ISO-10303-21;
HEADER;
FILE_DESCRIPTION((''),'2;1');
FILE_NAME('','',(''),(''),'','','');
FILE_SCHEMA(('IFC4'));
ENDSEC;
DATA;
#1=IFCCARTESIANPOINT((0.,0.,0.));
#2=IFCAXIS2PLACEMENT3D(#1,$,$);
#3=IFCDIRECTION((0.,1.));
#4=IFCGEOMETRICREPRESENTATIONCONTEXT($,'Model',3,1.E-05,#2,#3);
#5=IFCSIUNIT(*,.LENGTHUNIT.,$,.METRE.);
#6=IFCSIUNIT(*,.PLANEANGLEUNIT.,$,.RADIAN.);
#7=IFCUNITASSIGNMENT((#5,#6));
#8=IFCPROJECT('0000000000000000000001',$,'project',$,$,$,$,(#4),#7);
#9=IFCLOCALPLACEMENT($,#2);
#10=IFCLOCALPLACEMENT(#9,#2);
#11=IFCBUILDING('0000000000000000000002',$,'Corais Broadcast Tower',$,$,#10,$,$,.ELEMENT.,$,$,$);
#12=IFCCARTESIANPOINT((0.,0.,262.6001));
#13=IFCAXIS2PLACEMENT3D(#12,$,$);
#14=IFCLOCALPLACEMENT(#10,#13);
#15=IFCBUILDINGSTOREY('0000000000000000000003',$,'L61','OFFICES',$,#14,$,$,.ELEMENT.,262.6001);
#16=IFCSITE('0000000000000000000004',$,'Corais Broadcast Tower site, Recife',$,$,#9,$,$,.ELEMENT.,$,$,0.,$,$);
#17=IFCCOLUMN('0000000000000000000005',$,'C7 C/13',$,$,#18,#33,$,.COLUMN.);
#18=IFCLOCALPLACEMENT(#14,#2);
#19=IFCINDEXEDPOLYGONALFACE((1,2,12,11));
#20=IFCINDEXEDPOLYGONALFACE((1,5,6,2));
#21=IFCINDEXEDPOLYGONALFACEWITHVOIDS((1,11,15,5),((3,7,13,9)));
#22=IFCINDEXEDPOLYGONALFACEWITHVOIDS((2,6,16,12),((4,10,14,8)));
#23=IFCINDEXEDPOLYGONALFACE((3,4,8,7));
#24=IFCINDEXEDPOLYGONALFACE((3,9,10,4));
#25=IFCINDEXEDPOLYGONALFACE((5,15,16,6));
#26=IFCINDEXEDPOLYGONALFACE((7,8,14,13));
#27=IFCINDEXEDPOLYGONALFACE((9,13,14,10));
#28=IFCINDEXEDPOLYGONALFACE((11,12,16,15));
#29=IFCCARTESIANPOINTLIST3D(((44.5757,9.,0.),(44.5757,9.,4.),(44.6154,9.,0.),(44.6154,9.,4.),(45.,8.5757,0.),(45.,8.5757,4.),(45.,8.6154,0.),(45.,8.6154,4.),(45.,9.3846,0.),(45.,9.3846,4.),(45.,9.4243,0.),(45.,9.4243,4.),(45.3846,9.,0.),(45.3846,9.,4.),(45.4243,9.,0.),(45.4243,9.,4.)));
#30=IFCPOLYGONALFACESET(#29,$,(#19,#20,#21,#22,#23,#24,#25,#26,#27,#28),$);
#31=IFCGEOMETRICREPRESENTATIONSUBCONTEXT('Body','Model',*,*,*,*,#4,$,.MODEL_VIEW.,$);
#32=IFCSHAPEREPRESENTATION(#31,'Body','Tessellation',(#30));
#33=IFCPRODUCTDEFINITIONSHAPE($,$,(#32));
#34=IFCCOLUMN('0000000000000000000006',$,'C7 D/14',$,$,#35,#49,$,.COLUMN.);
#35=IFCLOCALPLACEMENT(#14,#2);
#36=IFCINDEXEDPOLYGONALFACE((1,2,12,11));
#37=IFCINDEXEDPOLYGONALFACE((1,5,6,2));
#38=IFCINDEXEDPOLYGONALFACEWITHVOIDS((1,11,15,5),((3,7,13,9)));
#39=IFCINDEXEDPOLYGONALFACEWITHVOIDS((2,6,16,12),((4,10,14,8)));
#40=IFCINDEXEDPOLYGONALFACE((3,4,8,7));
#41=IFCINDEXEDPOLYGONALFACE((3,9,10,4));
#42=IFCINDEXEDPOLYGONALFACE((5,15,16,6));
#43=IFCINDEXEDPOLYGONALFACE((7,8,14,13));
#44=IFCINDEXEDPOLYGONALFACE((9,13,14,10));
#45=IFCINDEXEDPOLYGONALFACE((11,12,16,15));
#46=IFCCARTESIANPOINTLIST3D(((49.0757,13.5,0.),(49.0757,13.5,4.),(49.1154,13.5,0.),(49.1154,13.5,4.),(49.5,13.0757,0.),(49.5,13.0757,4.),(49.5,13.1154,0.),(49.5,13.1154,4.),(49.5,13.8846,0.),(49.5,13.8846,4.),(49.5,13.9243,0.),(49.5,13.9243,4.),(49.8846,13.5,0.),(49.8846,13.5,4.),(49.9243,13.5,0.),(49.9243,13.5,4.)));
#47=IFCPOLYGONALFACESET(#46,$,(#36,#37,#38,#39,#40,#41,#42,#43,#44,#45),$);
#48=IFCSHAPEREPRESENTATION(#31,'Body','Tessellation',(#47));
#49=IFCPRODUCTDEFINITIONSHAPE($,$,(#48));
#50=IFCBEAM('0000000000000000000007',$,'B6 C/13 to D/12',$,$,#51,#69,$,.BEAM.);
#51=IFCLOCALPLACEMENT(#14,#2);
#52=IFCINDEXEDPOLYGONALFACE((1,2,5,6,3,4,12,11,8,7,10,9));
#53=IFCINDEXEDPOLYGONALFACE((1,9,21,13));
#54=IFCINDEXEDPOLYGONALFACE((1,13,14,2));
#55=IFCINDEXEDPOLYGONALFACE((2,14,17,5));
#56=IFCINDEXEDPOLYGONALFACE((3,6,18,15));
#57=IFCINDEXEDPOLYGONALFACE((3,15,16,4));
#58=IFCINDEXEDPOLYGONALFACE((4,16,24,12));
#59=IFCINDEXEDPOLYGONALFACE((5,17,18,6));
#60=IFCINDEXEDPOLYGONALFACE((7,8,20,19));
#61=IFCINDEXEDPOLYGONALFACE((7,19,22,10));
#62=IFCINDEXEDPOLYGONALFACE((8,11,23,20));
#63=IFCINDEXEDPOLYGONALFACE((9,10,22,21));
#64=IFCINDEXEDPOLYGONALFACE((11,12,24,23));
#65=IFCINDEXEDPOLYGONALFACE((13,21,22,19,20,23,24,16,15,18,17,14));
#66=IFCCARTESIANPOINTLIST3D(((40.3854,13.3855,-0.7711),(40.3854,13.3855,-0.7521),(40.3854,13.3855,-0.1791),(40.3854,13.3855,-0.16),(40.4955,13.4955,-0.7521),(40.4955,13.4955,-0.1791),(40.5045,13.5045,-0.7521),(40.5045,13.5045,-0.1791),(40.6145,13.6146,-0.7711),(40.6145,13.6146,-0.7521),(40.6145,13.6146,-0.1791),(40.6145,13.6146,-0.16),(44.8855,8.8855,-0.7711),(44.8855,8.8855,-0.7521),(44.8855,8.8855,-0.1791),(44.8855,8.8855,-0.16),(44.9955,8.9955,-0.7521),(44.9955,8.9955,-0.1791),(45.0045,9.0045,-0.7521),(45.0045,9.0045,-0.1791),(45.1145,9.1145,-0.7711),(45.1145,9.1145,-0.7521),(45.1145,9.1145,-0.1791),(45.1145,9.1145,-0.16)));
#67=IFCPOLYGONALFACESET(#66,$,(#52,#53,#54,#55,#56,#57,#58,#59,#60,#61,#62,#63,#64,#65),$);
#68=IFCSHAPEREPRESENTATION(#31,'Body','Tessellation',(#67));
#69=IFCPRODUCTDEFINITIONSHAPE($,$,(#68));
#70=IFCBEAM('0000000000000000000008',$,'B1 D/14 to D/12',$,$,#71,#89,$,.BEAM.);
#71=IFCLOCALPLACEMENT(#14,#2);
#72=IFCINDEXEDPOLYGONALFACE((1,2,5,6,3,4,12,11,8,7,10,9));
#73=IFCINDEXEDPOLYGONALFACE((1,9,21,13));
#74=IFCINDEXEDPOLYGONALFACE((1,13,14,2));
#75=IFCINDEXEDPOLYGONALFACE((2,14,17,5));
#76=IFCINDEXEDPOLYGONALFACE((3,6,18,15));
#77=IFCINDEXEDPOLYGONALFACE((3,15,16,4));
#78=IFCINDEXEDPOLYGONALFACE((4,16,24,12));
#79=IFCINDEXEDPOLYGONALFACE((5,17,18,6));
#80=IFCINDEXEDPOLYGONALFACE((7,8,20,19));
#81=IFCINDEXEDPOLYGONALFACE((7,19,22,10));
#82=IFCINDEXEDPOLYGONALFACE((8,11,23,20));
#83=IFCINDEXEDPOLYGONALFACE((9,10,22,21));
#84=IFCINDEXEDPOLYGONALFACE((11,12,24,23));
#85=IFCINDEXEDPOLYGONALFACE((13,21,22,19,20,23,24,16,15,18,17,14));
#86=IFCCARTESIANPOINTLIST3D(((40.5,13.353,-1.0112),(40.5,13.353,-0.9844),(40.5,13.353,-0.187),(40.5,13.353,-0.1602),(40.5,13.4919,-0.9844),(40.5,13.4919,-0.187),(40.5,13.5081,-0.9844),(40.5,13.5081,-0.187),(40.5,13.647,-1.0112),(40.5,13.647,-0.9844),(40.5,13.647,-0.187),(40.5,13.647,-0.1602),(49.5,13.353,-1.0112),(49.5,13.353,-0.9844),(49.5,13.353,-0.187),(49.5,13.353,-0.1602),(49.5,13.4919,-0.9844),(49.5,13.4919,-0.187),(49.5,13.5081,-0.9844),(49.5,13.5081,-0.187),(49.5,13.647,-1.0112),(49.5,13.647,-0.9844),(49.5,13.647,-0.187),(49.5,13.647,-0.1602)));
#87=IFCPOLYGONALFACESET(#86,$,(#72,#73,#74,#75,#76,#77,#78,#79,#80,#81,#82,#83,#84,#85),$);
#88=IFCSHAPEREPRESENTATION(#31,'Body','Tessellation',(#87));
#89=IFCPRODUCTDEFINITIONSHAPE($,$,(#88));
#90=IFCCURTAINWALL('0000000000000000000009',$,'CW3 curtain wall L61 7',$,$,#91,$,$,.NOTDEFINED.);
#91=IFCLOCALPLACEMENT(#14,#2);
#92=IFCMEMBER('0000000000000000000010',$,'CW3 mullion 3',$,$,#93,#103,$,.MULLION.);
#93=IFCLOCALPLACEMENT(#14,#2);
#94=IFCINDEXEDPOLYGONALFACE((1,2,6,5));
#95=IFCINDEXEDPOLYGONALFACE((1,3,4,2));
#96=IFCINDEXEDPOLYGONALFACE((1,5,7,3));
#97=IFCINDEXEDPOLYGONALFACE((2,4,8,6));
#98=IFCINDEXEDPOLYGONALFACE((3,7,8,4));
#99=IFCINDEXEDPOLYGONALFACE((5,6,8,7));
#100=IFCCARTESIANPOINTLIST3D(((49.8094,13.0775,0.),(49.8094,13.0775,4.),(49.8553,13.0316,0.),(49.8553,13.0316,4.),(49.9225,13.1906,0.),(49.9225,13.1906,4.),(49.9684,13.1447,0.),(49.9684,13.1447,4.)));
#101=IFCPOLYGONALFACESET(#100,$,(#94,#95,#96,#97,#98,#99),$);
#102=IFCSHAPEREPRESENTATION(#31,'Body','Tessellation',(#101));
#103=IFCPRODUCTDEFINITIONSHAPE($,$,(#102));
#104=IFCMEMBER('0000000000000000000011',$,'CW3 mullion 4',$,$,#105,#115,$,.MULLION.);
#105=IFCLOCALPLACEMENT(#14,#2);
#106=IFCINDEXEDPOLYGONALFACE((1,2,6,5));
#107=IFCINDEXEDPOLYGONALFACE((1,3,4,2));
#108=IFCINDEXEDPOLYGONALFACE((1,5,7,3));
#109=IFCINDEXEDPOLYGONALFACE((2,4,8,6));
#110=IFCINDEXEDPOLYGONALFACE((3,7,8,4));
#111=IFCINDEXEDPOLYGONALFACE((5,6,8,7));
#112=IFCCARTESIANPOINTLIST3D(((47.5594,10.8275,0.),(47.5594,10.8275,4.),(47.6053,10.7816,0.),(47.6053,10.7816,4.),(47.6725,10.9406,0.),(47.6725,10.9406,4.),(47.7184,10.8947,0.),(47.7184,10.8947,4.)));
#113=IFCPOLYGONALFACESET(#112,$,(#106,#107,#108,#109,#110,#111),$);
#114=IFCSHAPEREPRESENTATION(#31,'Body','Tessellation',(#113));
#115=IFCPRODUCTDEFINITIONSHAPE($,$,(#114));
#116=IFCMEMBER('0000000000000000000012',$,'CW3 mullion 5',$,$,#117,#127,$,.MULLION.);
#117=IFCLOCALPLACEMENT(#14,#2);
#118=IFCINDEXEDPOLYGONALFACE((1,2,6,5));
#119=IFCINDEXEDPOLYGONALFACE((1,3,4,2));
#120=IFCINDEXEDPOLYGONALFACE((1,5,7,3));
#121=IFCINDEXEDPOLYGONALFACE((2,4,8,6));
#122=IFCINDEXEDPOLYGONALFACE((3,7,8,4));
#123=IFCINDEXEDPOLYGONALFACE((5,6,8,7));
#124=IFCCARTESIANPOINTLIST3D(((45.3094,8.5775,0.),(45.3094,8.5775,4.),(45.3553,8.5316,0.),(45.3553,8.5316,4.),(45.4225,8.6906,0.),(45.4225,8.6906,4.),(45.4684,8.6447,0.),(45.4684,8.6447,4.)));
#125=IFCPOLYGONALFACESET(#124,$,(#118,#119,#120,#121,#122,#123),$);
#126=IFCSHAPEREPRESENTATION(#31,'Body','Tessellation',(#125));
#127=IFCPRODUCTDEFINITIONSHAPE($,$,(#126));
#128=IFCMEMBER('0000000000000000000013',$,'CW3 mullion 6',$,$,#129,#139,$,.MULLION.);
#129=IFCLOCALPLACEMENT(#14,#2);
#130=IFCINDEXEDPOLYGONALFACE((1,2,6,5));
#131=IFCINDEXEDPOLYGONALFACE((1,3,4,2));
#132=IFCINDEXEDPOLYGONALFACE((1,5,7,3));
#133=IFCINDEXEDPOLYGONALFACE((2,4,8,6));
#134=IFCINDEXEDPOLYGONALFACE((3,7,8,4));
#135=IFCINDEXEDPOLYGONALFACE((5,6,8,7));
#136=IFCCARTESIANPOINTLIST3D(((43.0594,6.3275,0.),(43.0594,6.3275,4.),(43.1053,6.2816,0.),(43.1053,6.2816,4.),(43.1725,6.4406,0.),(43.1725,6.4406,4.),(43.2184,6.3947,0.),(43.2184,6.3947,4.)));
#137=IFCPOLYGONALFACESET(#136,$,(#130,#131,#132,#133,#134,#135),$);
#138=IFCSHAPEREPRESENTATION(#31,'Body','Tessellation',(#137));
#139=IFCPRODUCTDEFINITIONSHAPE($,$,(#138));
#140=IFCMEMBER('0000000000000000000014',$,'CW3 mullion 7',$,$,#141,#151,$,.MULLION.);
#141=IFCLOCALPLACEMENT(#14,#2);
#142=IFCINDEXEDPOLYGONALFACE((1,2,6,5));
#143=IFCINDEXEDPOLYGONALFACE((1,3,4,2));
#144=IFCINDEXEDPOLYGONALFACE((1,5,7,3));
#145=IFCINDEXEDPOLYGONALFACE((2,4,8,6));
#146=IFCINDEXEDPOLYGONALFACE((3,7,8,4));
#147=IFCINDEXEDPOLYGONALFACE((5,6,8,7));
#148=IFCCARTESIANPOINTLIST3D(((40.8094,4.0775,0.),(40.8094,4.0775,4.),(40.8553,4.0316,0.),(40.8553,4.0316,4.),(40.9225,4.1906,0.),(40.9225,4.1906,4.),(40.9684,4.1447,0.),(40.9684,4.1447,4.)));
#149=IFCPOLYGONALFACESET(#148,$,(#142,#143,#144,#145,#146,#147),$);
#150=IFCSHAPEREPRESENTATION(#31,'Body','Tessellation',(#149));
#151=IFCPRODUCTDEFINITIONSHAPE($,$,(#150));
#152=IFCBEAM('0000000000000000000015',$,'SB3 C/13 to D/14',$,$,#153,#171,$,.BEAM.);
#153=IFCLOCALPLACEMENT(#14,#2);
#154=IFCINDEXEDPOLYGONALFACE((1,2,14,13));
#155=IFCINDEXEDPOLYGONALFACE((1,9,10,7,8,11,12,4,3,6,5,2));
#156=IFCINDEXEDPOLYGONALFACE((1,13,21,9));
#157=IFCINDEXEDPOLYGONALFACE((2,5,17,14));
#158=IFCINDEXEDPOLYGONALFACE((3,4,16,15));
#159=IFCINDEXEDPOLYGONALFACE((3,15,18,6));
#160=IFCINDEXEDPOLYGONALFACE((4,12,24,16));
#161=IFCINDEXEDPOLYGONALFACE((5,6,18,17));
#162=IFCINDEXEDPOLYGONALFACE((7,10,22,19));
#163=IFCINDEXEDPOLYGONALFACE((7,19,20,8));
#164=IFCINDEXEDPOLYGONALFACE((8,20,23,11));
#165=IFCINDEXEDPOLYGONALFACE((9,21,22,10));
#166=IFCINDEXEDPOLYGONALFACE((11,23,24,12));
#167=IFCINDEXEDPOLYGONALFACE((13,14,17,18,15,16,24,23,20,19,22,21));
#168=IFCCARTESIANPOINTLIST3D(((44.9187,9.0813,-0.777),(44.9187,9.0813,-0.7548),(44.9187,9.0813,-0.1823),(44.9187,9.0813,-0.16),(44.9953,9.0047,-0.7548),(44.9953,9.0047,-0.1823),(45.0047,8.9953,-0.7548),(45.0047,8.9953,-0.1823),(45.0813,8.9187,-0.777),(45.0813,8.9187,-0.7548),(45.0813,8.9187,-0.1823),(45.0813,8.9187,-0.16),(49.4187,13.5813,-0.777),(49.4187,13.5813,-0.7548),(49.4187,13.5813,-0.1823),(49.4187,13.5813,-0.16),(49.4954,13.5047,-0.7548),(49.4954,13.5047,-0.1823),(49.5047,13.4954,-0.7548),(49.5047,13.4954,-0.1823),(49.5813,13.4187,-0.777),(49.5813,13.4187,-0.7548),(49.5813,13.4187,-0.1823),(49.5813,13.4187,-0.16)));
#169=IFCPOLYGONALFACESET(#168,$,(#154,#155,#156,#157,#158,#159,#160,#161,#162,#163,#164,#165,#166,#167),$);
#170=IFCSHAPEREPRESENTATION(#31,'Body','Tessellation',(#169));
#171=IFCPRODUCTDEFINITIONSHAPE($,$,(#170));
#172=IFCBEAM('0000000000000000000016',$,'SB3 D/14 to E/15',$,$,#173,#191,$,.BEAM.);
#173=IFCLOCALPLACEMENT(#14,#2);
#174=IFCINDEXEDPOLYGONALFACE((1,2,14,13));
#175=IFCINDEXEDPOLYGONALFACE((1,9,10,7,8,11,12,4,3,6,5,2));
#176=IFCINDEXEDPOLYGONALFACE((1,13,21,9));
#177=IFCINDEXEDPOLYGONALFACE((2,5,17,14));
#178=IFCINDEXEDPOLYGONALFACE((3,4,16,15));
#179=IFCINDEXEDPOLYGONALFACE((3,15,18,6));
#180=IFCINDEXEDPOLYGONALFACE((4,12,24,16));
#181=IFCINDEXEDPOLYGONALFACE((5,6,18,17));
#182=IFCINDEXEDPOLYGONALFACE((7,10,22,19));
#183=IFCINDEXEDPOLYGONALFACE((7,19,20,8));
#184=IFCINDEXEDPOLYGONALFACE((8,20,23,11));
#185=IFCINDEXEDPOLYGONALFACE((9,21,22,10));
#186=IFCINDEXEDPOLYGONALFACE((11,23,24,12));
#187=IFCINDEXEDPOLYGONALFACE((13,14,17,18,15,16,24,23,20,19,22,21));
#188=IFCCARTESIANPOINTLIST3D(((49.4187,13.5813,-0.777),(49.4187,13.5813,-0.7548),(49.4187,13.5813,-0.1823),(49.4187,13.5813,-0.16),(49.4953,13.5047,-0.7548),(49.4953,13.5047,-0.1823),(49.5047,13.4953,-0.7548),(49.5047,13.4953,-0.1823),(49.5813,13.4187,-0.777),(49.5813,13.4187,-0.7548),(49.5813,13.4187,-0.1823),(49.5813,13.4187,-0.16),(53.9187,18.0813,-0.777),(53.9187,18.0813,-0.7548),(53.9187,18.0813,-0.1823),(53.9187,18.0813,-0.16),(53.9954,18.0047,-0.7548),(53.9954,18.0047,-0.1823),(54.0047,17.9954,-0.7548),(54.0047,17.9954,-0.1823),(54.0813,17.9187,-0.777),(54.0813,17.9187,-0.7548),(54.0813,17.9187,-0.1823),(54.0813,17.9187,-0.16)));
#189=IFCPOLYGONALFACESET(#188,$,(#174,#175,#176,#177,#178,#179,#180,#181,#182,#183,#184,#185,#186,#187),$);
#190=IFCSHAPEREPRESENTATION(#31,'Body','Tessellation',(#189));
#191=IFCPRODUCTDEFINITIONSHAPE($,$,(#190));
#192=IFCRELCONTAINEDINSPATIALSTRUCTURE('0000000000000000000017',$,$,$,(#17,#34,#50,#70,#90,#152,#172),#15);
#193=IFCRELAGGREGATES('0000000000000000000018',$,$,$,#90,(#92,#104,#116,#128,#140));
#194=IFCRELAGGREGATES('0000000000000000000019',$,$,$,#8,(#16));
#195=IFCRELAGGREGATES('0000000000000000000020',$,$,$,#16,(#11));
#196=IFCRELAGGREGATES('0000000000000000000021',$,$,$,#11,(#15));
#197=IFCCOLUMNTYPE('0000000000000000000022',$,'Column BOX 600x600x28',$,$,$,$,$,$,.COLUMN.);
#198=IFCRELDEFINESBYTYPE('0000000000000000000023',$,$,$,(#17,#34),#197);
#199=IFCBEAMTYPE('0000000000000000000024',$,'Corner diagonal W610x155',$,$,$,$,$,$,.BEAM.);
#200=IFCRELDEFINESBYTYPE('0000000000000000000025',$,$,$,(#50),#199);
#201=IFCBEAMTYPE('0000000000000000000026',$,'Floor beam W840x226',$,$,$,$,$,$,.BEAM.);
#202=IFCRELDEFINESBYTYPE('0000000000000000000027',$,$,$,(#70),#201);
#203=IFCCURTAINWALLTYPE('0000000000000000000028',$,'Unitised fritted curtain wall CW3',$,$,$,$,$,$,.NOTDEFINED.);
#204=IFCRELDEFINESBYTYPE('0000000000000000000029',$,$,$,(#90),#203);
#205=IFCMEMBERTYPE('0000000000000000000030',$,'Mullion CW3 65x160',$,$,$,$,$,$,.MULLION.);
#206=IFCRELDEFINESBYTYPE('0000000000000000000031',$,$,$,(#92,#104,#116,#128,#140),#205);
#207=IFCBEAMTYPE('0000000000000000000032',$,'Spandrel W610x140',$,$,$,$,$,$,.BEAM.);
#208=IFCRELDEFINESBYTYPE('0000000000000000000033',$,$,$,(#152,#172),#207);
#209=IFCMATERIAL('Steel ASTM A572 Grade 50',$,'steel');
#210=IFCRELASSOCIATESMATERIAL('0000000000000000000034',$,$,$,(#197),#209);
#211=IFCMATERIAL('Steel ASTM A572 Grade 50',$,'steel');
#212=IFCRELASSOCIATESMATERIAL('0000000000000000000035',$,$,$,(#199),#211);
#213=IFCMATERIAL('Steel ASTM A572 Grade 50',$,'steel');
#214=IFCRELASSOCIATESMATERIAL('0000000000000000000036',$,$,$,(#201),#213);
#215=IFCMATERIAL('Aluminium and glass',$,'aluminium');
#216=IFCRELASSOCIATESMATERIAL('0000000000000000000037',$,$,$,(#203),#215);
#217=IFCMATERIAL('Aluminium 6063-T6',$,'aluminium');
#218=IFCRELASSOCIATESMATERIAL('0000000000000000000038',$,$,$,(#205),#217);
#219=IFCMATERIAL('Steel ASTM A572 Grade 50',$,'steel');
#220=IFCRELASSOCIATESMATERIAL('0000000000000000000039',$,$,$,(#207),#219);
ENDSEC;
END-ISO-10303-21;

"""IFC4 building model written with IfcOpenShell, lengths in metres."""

from ifc_helpers import new_model, si_unit, direction, frame, origin, origin_2d, place, context, subcontext, project, spatial, rectangle, hollow_rectangle, i_section, extrude, material, material_profile, profile_set, type_object, element, aggregate, save


model = new_model("IFC4")

# Units and contexts
model_context = context("Model", 3, precision=1e-05, world=origin(), true_north=direction((0.0, 1.0)))
body_context = subcontext(model_context, "Body", "Model", "MODEL_VIEW")
ifc_project = project(units=[si_unit("LENGTHUNIT", "METRE"), si_unit("PLANEANGLEUNIT", "RADIAN")], contexts=[model_context])

# Site, building, storey
site_placement = place(None, origin())
site = spatial("IfcSite", under=ifc_project, at=site_placement, Name="Corais Broadcast Tower site, Recife", CompositionType="ELEMENT", RefElevation=0.0)
building_placement = place(site_placement, origin())
building = spatial("IfcBuilding", under=site, at=building_placement, Name="Corais Broadcast Tower", CompositionType="ELEMENT")
storey_placement = place(building_placement, frame((0.0, 0.0, 262.6001)))
storey = spatial("IfcBuildingStorey", under=building, at=storey_placement, Name="L61", Description="OFFICES", CompositionType="ELEMENT", Elevation=262.6001)

# Columns
ifc_material_1 = material(Name="Steel ASTM A572 Grade 50", Category="steel")
ifc_material_profile_1 = material_profile(ifc_material_1, hollow_rectangle(XDim=0.6001, YDim=0.6001, WallThickness=0.0281, at=origin_2d()), Name="BOX 600x600x28")
ifc_profile_set_1 = profile_set([ifc_material_profile_1], Name="Steel ASTM A572 Grade 50")
column_type = type_object("IfcColumnType", Name="Column BOX 600x600x28", PredefinedType="COLUMN", material=ifc_profile_set_1)
for number, where, z_axis, x_axis, name in (
    (1, (45.0, 9.0, 0.0), (0.0, 0.0, 1.0), (0.707107, 0.707107, 0.0), "C7 C/13"),
    (2, (49.5, 13.5, 0.0), (0.0, 0.0, 1.0), (0.707107, 0.707107, 0.0), "C7 D/14"),
):
    element("IfcColumn", number, at=place(storey_placement, frame(where, z_axis=z_axis, x_axis=x_axis)), inside=storey, type_object=column_type, Name=name, PredefinedType="COLUMN", context=body_context, shape_type="SweptSolid", body=[
        extrude(hollow_rectangle(XDim=0.6001, YDim=0.6001, WallThickness=0.0281, at=origin_2d()), origin(), (0.0, 0.0, 1.0), 4.0),
    ])

# Beams
ifc_material_2 = material(Name="Steel ASTM A572 Grade 50", Category="steel")
ifc_material_profile_2 = material_profile(ifc_material_2, i_section(OverallWidth=0.324, OverallDepth=0.6111, WebThickness=0.0127, FlangeThickness=0.019, at=origin_2d()), Name="W610x155")
ifc_profile_set_2 = profile_set([ifc_material_profile_2], Name="Steel ASTM A572 Grade 50")
beam_type_1 = type_object("IfcBeamType", Name="Corner diagonal W610x155", PredefinedType="BEAM", material=ifc_profile_set_2)
beam_1_placement = place(storey_placement, frame((45.0, 9.0, -0.4656), z_axis=(-0.707107, 0.707107, 0.0), x_axis=(-0.707107, -0.707107, 0.0)))
element("IfcBeam", 3, at=beam_1_placement, inside=storey, type_object=beam_type_1, Name="B6 C/13 to D/12", PredefinedType="BEAM", context=body_context, shape_type="SweptSolid", body=[
    extrude(i_section(OverallWidth=0.324, OverallDepth=0.6111, WebThickness=0.0127, FlangeThickness=0.019, at=origin_2d()), origin(), (0.0, 0.0, 1.0), 6.364),
])
ifc_material_3 = material(Name="Steel ASTM A572 Grade 50", Category="steel")
ifc_material_profile_3 = material_profile(ifc_material_3, i_section(OverallWidth=0.2939, OverallDepth=0.8511, WebThickness=0.0161, FlangeThickness=0.0269, at=origin_2d()), Name="W840x226")
ifc_profile_set_3 = profile_set([ifc_material_profile_3], Name="Steel ASTM A572 Grade 50")
beam_type_2 = type_object("IfcBeamType", Name="Floor beam W840x226", PredefinedType="BEAM", material=ifc_profile_set_3)
beam_2_placement = place(storey_placement, frame((49.5, 13.5, -0.5857), z_axis=(-1.0, 0.0, 0.0), x_axis=(0.0, -1.0, 0.0)))
element("IfcBeam", 4, at=beam_2_placement, inside=storey, type_object=beam_type_2, Name="B1 D/14 to D/12", PredefinedType="BEAM", context=body_context, shape_type="SweptSolid", body=[
    extrude(i_section(OverallWidth=0.2939, OverallDepth=0.8511, WebThickness=0.0161, FlangeThickness=0.0269, at=origin_2d()), origin(), (0.0, 0.0, 1.0), 9.0),
])

# Curtain wall, members
ifc_material_4 = material(Name="Aluminium and glass", Category="aluminium")
curtain_wall_type = type_object("IfcCurtainWallType", Name="Unitised fritted curtain wall CW3", PredefinedType="NOTDEFINED", material=ifc_material_4)
curtain_wall_placement = place(storey_placement, origin())
curtain_wall = element("IfcCurtainWall", 5, at=curtain_wall_placement, inside=storey, type_object=curtain_wall_type, Name="CW3 curtain wall L61 7", PredefinedType="NOTDEFINED")
ifc_material_5 = material(Name="Aluminium 6063-T6", Category="aluminium")
ifc_material_profile_4 = material_profile(ifc_material_5, rectangle(XDim=0.0649, YDim=0.1599, at=origin_2d()), Name="Mullion CW3 65x160")
ifc_profile_set_4 = profile_set([ifc_material_profile_4], Name="Aluminium 6063-T6")
member_type_1 = type_object("IfcMemberType", Name="Mullion CW3 65x160", PredefinedType="MULLION", material=ifc_profile_set_4)
member_1_placement = place(storey_placement, frame((49.8889, 13.1111, 0.0), z_axis=(0.0, 0.0, 1.0), x_axis=(0.707107, -0.707107, 0.0)))
member_1 = element("IfcMember", 6, at=member_1_placement, type_object=member_type_1, Name="CW3 mullion 3", PredefinedType="MULLION", context=body_context, shape_type="SweptSolid", body=[
    extrude(rectangle(XDim=0.0649, YDim=0.1599, at=origin_2d()), origin(), (0.0, 0.0, 1.0), 4.0),
])
member_2_placement = place(storey_placement, frame((47.6389, 10.8611, 0.0), z_axis=(0.0, 0.0, 1.0), x_axis=(0.707107, -0.707107, 0.0)))
member_2 = element("IfcMember", 7, at=member_2_placement, type_object=member_type_1, Name="CW3 mullion 4", PredefinedType="MULLION", context=body_context, shape_type="SweptSolid", body=[
    extrude(rectangle(XDim=0.0649, YDim=0.1599, at=origin_2d()), origin(), (0.0, 0.0, 1.0), 4.0),
])
member_3_placement = place(storey_placement, frame((45.3889, 8.6111, 0.0), z_axis=(0.0, 0.0, 1.0), x_axis=(0.707107, -0.707107, 0.0)))
member_3 = element("IfcMember", 8, at=member_3_placement, type_object=member_type_1, Name="CW3 mullion 5", PredefinedType="MULLION", context=body_context, shape_type="SweptSolid", body=[
    extrude(rectangle(XDim=0.0649, YDim=0.1599, at=origin_2d()), origin(), (0.0, 0.0, 1.0), 4.0),
])
member_4_placement = place(storey_placement, frame((43.1389, 6.3611, 0.0), z_axis=(0.0, 0.0, 1.0), x_axis=(0.707107, -0.707107, 0.0)))
member_4 = element("IfcMember", 9, at=member_4_placement, type_object=member_type_1, Name="CW3 mullion 6", PredefinedType="MULLION", context=body_context, shape_type="SweptSolid", body=[
    extrude(rectangle(XDim=0.0649, YDim=0.1599, at=origin_2d()), origin(), (0.0, 0.0, 1.0), 4.0),
])
member_5_placement = place(storey_placement, frame((40.8889, 4.1111, 0.0), z_axis=(0.0, 0.0, 1.0), x_axis=(0.707107, -0.707107, 0.0)))
member_5 = element("IfcMember", 10, at=member_5_placement, type_object=member_type_1, Name="CW3 mullion 7", PredefinedType="MULLION", context=body_context, shape_type="SweptSolid", body=[
    extrude(rectangle(XDim=0.0649, YDim=0.1599, at=origin_2d()), origin(), (0.0, 0.0, 1.0), 4.0),
])

# Beams
ifc_material_6 = material(Name="Steel ASTM A572 Grade 50", Category="steel")
ifc_material_profile_5 = material_profile(ifc_material_6, i_section(OverallWidth=0.23, OverallDepth=0.6169, WebThickness=0.0132, FlangeThickness=0.0222, at=origin_2d()), Name="W610x140")
ifc_profile_set_5 = profile_set([ifc_material_profile_5], Name="Steel ASTM A572 Grade 50")
beam_type_3 = type_object("IfcBeamType", Name="Spandrel W610x140", PredefinedType="BEAM", material=ifc_profile_set_5)
for number, where, z_axis, x_axis, name in (
    (11, (45.0, 9.0, -0.4685), (0.707107, 0.707107, 0.0), (-0.707107, 0.707107, 0.0), "SB3 C/13 to D/14"),
    (12, (49.5, 13.5, -0.4685), (0.707107, 0.707107, 0.0), (-0.707107, 0.707107, 0.0), "SB3 D/14 to E/15"),
):
    element("IfcBeam", number, at=place(storey_placement, frame(where, z_axis=z_axis, x_axis=x_axis)), inside=storey, type_object=beam_type_3, Name=name, PredefinedType="BEAM", context=body_context, shape_type="SweptSolid", body=[
        extrude(i_section(OverallWidth=0.23, OverallDepth=0.6169, WebThickness=0.0132, FlangeThickness=0.0222, at=origin_2d()), origin(), (0.0, 0.0, 1.0), 6.364),
    ])

aggregate(curtain_wall, [member_1, member_2, member_3, member_4, member_5])

save(model, "model.ifc")
